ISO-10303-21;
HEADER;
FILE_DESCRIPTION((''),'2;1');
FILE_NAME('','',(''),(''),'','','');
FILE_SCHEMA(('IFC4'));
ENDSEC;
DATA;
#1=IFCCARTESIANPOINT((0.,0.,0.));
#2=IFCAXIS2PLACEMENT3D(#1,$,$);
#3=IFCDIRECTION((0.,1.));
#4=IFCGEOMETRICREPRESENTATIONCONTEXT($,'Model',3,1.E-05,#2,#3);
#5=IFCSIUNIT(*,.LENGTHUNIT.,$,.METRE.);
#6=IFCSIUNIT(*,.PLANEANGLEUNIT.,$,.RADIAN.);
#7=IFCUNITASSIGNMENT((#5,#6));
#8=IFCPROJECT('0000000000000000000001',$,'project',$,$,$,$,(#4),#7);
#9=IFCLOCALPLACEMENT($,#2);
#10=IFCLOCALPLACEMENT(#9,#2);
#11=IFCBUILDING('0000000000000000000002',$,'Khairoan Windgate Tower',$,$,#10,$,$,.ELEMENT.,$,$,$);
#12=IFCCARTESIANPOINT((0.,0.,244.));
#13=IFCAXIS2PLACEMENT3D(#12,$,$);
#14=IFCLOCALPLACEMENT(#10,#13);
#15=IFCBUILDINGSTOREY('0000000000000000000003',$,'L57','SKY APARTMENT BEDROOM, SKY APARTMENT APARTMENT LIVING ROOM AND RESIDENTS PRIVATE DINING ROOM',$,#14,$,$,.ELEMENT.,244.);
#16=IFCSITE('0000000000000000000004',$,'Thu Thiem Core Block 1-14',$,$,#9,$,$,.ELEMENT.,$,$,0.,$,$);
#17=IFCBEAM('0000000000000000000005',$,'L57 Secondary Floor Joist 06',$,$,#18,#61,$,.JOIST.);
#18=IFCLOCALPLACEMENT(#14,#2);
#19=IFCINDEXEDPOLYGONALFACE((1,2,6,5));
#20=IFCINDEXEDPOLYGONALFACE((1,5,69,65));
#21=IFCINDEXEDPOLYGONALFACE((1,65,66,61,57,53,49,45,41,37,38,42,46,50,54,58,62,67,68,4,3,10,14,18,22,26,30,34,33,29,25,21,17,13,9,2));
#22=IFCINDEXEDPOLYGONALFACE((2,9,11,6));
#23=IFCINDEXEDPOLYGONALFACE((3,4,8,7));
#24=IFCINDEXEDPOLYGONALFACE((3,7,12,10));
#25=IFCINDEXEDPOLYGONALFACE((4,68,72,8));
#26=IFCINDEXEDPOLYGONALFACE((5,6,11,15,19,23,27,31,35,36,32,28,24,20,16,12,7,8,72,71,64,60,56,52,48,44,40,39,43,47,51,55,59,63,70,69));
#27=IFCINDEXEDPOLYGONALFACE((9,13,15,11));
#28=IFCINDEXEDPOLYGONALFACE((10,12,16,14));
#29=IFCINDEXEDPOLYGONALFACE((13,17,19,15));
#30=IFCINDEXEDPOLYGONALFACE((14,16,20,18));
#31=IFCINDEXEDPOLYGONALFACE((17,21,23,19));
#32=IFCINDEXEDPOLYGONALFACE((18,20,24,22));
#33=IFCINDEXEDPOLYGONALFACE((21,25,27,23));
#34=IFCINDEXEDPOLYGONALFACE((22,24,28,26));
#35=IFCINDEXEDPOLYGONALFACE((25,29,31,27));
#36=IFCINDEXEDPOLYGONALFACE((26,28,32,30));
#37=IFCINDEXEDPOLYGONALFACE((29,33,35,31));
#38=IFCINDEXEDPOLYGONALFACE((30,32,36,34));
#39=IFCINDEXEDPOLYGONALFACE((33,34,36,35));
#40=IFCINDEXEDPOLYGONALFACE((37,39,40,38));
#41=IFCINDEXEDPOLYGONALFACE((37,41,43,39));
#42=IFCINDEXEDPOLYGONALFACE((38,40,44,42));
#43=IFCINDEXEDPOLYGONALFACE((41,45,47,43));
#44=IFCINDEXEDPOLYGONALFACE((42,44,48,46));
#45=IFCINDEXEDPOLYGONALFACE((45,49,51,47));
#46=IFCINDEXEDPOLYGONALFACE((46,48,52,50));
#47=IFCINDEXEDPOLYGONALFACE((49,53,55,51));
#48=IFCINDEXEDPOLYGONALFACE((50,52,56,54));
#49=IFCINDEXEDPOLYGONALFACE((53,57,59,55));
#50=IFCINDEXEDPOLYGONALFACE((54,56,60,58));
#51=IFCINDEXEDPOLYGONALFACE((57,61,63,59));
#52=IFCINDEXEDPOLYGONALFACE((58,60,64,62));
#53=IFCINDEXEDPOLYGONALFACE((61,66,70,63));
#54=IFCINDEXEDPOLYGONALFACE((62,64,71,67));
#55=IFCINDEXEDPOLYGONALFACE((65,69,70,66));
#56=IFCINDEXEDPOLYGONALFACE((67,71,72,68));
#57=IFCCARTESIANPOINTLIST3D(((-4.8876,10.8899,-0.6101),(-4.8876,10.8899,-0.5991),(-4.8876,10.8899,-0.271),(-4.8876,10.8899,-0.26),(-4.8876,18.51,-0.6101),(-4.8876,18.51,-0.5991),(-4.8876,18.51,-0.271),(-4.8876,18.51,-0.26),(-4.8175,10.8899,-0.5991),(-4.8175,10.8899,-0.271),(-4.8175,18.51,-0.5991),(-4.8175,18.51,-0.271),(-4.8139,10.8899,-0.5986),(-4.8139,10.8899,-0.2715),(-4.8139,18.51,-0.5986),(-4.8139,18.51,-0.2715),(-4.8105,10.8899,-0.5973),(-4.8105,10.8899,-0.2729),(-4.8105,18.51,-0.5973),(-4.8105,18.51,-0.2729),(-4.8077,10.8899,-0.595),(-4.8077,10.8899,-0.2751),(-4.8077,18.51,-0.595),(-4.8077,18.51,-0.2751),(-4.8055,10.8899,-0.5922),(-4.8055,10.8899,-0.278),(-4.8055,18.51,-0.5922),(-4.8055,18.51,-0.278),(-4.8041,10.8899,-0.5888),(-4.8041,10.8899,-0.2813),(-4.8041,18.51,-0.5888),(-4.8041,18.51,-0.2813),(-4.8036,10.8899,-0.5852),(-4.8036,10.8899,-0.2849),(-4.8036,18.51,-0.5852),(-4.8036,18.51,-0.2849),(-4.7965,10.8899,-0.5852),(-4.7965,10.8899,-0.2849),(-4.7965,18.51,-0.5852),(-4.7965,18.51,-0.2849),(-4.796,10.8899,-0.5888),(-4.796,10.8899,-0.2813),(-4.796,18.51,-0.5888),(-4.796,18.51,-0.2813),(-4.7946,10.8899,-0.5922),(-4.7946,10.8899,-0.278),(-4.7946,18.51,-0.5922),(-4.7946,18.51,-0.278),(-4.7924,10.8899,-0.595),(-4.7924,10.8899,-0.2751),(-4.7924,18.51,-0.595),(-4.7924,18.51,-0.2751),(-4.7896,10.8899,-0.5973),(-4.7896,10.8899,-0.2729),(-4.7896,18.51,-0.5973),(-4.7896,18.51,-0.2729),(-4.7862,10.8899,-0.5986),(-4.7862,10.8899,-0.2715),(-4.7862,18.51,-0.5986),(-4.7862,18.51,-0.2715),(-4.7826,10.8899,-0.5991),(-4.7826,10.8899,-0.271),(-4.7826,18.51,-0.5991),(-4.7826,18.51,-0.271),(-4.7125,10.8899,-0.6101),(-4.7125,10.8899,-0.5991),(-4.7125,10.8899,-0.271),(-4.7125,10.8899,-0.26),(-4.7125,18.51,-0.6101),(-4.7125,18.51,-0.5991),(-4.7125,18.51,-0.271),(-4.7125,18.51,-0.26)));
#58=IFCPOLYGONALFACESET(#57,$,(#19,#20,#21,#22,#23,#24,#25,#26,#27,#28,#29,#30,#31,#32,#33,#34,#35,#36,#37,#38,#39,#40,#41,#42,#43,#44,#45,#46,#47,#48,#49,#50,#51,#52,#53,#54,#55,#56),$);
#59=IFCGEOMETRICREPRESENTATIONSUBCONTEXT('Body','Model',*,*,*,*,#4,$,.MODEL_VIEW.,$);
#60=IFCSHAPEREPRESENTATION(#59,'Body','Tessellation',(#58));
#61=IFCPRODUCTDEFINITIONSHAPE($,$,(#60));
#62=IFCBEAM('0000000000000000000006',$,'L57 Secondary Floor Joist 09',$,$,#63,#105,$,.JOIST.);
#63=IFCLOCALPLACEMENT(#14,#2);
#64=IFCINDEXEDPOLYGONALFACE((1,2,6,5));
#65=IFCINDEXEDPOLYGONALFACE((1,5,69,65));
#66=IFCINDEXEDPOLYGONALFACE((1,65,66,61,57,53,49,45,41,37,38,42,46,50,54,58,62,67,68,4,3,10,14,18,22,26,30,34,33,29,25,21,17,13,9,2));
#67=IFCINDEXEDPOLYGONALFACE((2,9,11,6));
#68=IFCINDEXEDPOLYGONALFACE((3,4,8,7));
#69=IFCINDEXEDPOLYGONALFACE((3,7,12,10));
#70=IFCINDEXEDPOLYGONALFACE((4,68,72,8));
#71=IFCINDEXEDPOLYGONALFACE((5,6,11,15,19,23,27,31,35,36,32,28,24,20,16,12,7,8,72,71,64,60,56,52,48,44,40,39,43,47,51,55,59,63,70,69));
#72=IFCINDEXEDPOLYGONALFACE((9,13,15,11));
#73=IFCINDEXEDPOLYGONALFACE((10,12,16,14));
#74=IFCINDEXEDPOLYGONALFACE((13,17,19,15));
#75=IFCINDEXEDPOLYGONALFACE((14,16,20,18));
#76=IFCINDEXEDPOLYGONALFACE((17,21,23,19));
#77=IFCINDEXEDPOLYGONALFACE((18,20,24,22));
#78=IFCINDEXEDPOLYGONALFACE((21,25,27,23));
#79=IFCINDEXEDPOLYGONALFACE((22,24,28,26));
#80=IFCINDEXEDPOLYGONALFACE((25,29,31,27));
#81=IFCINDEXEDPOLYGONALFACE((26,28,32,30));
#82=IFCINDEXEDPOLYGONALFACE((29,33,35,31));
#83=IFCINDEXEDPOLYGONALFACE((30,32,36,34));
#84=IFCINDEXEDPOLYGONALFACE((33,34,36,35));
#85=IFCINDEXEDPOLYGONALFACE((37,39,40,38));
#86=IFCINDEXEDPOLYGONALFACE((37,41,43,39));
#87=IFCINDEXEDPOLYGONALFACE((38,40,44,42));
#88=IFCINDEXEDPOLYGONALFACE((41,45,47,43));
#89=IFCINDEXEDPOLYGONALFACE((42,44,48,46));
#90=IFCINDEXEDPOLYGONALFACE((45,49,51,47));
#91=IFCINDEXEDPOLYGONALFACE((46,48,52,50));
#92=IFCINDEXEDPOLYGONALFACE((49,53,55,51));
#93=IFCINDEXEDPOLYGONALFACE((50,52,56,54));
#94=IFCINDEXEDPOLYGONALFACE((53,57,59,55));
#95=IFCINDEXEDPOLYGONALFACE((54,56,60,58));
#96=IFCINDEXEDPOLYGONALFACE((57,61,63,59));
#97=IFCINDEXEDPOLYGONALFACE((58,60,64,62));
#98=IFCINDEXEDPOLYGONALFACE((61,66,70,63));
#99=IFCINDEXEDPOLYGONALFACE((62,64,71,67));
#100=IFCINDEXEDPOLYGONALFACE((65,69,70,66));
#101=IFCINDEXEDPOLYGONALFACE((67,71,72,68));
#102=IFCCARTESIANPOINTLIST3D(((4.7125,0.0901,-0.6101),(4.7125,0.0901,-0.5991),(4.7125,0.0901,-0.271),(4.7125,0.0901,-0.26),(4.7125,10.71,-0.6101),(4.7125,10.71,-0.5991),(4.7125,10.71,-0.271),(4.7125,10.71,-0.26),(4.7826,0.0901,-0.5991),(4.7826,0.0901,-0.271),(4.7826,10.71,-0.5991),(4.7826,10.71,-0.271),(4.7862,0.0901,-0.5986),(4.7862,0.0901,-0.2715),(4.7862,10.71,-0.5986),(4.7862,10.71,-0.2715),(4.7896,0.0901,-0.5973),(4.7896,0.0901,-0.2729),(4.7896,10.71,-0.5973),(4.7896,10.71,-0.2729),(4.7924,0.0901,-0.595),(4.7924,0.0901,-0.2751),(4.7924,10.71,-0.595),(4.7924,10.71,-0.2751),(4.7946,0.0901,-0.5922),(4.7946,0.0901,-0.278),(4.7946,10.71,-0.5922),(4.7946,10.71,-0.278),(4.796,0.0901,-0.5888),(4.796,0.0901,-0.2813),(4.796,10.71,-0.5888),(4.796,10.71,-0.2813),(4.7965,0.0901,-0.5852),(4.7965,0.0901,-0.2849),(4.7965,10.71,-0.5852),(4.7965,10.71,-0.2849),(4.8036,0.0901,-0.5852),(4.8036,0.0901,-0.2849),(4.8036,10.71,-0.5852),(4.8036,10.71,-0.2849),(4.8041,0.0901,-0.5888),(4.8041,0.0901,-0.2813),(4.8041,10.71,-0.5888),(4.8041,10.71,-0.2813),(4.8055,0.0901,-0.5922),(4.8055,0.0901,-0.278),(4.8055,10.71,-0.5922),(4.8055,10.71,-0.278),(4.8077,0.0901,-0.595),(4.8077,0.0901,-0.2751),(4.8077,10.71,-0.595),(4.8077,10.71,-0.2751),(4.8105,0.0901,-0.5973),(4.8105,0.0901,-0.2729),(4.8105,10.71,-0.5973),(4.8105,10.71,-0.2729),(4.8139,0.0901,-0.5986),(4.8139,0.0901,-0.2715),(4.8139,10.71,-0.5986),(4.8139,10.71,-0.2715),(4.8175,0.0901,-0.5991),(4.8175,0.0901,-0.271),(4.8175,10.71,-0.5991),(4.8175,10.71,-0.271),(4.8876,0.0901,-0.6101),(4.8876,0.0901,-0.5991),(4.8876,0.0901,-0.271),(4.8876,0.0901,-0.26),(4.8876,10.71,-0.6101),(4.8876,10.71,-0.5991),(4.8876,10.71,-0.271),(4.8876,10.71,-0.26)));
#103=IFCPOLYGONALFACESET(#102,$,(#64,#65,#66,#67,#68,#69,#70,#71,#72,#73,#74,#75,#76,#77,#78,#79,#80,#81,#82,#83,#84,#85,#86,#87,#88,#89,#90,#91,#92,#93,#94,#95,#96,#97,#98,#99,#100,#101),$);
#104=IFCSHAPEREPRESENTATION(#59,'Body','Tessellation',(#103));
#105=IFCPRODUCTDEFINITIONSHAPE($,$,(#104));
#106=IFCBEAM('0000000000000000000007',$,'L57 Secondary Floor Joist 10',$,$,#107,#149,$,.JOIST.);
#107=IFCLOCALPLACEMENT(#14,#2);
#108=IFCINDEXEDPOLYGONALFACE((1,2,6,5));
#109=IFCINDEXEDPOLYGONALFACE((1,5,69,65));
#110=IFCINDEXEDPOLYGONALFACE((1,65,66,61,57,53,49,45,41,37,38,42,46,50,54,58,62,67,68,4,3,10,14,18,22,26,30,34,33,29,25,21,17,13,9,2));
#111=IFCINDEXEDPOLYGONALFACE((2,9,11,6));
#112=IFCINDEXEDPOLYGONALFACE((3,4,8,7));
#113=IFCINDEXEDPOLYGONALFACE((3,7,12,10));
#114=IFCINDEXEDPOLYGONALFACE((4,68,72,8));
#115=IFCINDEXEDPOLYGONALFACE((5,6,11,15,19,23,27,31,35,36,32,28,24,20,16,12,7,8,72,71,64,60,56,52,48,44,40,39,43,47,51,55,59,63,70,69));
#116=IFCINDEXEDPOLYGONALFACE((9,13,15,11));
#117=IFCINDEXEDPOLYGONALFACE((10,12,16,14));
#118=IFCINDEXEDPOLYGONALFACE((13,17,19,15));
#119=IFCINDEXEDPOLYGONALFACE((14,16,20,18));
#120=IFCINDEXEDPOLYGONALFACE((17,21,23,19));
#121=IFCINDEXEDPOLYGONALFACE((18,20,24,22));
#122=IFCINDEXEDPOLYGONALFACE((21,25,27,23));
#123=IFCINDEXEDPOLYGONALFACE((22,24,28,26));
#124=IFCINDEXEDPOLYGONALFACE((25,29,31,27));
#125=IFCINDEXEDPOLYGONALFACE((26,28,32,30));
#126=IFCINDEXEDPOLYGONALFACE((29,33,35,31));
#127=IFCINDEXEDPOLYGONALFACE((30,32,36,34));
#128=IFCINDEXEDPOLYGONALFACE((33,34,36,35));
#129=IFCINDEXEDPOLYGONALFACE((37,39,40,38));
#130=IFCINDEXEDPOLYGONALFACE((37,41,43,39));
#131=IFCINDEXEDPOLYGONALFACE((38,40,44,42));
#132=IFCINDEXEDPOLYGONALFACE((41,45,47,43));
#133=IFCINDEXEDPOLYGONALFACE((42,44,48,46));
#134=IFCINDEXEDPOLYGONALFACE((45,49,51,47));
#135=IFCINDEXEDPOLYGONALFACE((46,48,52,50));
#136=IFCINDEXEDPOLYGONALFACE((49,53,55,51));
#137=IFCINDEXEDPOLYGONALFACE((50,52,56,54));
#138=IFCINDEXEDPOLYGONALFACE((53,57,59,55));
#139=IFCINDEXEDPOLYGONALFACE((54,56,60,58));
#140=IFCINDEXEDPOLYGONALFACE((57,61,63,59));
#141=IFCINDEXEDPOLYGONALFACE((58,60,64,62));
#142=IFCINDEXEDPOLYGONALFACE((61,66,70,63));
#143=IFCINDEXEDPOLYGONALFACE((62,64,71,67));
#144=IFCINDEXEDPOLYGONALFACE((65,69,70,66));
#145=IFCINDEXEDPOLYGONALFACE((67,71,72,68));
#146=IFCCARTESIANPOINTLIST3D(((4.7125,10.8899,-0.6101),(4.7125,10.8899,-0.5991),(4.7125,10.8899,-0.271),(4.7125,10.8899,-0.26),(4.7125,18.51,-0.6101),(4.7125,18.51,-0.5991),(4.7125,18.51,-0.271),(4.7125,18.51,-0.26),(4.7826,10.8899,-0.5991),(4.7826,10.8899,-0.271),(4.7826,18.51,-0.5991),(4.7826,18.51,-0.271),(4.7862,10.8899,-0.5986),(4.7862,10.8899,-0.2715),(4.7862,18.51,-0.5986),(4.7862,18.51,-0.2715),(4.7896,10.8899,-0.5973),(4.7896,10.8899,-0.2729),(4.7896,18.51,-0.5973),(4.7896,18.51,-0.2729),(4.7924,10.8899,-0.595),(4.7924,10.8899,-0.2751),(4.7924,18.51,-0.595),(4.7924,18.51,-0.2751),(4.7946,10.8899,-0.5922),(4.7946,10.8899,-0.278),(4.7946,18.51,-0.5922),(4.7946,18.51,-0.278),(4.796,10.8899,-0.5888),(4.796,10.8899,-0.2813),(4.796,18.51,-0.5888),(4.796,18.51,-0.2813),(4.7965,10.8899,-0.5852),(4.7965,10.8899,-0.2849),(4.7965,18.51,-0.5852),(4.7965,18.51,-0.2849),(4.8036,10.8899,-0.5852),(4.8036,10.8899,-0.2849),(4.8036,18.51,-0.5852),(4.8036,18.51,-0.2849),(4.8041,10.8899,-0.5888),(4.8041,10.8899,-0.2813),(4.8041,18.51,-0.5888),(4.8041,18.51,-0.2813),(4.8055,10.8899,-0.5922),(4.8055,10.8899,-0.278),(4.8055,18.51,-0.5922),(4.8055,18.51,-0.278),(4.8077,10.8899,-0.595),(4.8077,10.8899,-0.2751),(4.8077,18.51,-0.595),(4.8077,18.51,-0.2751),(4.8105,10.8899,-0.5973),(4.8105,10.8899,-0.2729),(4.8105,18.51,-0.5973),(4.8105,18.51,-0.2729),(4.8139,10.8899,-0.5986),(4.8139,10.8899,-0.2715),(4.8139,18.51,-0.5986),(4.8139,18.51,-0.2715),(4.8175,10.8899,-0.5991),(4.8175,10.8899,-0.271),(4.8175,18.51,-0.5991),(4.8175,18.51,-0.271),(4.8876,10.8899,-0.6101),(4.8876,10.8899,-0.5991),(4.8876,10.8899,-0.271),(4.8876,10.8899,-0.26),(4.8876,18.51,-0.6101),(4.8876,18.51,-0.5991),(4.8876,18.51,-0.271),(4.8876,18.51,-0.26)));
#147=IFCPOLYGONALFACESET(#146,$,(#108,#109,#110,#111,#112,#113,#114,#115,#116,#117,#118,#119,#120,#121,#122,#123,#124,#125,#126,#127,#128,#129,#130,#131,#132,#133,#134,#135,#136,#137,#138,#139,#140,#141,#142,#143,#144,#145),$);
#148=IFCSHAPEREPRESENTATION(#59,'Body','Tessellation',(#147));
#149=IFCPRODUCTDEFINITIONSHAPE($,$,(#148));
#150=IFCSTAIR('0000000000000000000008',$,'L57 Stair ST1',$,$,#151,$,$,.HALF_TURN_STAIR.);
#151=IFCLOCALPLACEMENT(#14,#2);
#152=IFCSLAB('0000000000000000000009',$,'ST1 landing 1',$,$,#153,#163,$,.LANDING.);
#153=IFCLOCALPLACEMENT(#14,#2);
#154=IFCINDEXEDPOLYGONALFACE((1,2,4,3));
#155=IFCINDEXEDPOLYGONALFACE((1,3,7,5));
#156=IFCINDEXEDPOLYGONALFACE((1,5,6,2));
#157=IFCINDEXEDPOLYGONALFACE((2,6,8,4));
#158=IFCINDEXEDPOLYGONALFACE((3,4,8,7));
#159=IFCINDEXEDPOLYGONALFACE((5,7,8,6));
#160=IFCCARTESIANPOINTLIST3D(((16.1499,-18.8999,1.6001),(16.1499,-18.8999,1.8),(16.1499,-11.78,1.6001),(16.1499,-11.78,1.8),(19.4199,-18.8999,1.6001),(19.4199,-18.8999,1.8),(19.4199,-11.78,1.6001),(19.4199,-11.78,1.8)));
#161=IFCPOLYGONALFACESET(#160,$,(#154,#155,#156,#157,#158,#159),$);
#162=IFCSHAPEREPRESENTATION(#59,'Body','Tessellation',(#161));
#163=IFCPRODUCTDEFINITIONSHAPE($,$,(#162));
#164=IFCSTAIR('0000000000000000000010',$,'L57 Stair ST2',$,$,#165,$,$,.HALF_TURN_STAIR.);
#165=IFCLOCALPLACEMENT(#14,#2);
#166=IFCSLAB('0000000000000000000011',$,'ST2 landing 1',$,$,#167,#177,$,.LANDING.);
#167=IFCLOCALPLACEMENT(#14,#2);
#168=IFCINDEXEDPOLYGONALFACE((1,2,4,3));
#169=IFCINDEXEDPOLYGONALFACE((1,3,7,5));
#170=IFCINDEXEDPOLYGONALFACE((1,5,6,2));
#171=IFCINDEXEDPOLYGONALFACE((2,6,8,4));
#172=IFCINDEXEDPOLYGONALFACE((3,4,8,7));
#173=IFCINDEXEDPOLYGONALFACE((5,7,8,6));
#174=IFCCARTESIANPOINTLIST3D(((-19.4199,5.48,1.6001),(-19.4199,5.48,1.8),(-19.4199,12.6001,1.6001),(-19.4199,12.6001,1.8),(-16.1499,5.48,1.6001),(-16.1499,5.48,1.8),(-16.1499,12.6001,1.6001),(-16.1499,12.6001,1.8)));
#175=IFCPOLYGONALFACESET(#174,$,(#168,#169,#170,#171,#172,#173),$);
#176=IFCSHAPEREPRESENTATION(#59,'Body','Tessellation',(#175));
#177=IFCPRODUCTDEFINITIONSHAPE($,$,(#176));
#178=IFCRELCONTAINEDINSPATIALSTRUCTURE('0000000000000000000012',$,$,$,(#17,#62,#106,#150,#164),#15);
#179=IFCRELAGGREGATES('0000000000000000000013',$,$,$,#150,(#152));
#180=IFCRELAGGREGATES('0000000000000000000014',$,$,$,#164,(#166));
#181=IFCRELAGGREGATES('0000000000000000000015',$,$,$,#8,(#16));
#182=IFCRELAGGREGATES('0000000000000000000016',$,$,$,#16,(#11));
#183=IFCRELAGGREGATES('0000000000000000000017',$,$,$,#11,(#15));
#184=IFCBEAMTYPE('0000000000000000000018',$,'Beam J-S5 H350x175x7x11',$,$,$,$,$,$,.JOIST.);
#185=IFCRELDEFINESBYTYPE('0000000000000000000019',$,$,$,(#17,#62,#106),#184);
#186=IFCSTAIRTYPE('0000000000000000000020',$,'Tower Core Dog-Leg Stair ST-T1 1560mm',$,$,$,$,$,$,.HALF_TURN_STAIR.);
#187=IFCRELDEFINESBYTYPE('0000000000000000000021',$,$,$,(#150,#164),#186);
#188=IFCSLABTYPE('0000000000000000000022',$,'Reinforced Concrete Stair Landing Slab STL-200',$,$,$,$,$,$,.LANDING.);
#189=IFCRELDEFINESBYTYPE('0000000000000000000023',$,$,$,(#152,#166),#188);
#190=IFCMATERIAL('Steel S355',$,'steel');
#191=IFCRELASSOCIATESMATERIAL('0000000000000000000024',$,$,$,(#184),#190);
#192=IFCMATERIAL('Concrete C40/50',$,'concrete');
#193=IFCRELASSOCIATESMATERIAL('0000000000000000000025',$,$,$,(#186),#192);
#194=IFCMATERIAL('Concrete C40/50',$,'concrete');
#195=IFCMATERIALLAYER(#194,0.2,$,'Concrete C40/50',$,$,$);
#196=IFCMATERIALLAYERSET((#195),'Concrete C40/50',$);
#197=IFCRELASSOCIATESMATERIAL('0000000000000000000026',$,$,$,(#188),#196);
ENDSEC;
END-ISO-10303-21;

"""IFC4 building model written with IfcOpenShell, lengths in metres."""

from ifc_helpers import new_model, si_unit, direction, frame, origin, origin_2d, place, context, subcontext, project, spatial, polyline, i_section, outline, extrude, material, layer, layer_set, material_profile, profile_set, type_object, element, aggregate, save


model = new_model("IFC4")

# Units and contexts
model_context = context("Model", 3, precision=1e-05, world=origin(), true_north=direction((0.0, 1.0)))
body_context = subcontext(model_context, "Body", "Model", "MODEL_VIEW")
ifc_project = project(units=[si_unit("LENGTHUNIT", "METRE"), si_unit("PLANEANGLEUNIT", "RADIAN")], contexts=[model_context])

# Site, building, storey
site_placement = place(None, origin())
site = spatial("IfcSite", under=ifc_project, at=site_placement, Name="Thu Thiem Core Block 1-14", CompositionType="ELEMENT", RefElevation=0.0)
building_placement = place(site_placement, origin())
building = spatial("IfcBuilding", under=site, at=building_placement, Name="Khairoan Windgate Tower", CompositionType="ELEMENT")
storey_placement = place(building_placement, frame((0.0, 0.0, 244.0)))
storey = spatial("IfcBuildingStorey", under=building, at=storey_placement, Name="L57", Description="SKY APARTMENT BEDROOM, SKY APARTMENT APARTMENT LIVING ROOM AND RESIDENTS PRIVATE DINING ROOM", CompositionType="ELEMENT", Elevation=244.0)

# Beams
ifc_material_1 = material(Name="Steel S355", Category="steel")
ifc_material_profile_1 = material_profile(ifc_material_1, i_section(OverallWidth=0.175, OverallDepth=0.3501, WebThickness=0.0071, FlangeThickness=0.011, FilletRadius=0.0139, at=origin_2d()))
ifc_profile_set_1 = profile_set([ifc_material_profile_1], Name="Steel S355")
beam_type_1 = type_object("IfcBeamType", Name="Beam J-S5 H350x175x7x11", PredefinedType="JOIST", material=ifc_profile_set_1)
beam_1_placement = place(storey_placement, frame((-4.8, 10.8899, -0.4351), z_axis=(0.0, 1.0, 0.0), x_axis=(-1.0, 0.0, 0.0)))
element("IfcBeam", 1, at=beam_1_placement, inside=storey, type_object=beam_type_1, Name="L57 Secondary Floor Joist 06", PredefinedType="JOIST", context=body_context, shape_type="SweptSolid", body=[
    extrude(i_section(OverallWidth=0.175, OverallDepth=0.3501, WebThickness=0.0071, FlangeThickness=0.011, FilletRadius=0.0139, at=origin_2d()), origin(), (0.0, 0.0, 1.0), 7.6201),
])
beam_2_placement = place(storey_placement, frame((4.8, 0.0901, -0.4351), z_axis=(0.0, 1.0, 0.0), x_axis=(-1.0, 0.0, 0.0)))
element("IfcBeam", 2, at=beam_2_placement, inside=storey, type_object=beam_type_1, Name="L57 Secondary Floor Joist 09", PredefinedType="JOIST", context=body_context, shape_type="SweptSolid", body=[
    extrude(i_section(OverallWidth=0.175, OverallDepth=0.3501, WebThickness=0.0071, FlangeThickness=0.011, FilletRadius=0.0139, at=origin_2d()), origin(), (0.0, 0.0, 1.0), 10.6199),
])
beam_3_placement = place(storey_placement, frame((4.8, 10.8899, -0.4351), z_axis=(0.0, 1.0, 0.0), x_axis=(-1.0, 0.0, 0.0)))
element("IfcBeam", 3, at=beam_3_placement, inside=storey, type_object=beam_type_1, Name="L57 Secondary Floor Joist 10", PredefinedType="JOIST", context=body_context, shape_type="SweptSolid", body=[
    extrude(i_section(OverallWidth=0.175, OverallDepth=0.3501, WebThickness=0.0071, FlangeThickness=0.011, FilletRadius=0.0139, at=origin_2d()), origin(), (0.0, 0.0, 1.0), 7.6201),
])

# Stairs, slabs
ifc_material_2 = material(Name="Concrete C40/50", Category="concrete")
stair_type = type_object("IfcStairType", Name="Tower Core Dog-Leg Stair ST-T1 1560mm", PredefinedType="HALF_TURN_STAIR", material=ifc_material_2)
stair_1_placement = place(storey_placement, origin())
stair_1 = element("IfcStair", 4, at=stair_1_placement, inside=storey, type_object=stair_type, Name="L57 Stair ST1", PredefinedType="HALF_TURN_STAIR")
ifc_material_3 = material(Name="Concrete C40/50", Category="concrete")
ifc_layer_1 = layer(ifc_material_3, 0.2, Name="Concrete C40/50")
ifc_layer_set_1 = layer_set([ifc_layer_1], Name="Concrete C40/50")
slab_type_1 = type_object("IfcSlabType", Name="Reinforced Concrete Stair Landing Slab STL-200", PredefinedType="LANDING", material=ifc_layer_set_1)
slab_1_placement = place(storey_placement, frame((0.0, 0.0, 1.6001)))
slab_1 = element("IfcSlab", 5, at=slab_1_placement, type_object=slab_type_1, Name="ST1 landing 1", PredefinedType="LANDING", context=body_context, shape_type="SweptSolid", body=[
    extrude(outline(polyline([(16.1499, -11.78), (16.1499, -18.8999), (19.4199, -18.8999), (19.4199, -11.78), (16.1499, -11.78)])), origin(), (0.0, 0.0, 1.0), 0.2),
])
aggregate(stair_1, [slab_1])
stair_2_placement = place(storey_placement, origin())
stair_2 = element("IfcStair", 6, at=stair_2_placement, inside=storey, type_object=stair_type, Name="L57 Stair ST2", PredefinedType="HALF_TURN_STAIR")
slab_2_placement = place(storey_placement, frame((0.0, 0.0, 1.6001)))
slab_2 = element("IfcSlab", 7, at=slab_2_placement, type_object=slab_type_1, Name="ST2 landing 1", PredefinedType="LANDING", context=body_context, shape_type="SweptSolid", body=[
    extrude(outline(polyline([(-16.1499, 5.48), (-16.1499, 12.6001), (-19.4199, 12.6001), (-19.4199, 5.48), (-16.1499, 5.48)])), origin(), (0.0, 0.0, 1.0), 0.2),
])
aggregate(stair_2, [slab_2])

save(model, "model.ifc")
